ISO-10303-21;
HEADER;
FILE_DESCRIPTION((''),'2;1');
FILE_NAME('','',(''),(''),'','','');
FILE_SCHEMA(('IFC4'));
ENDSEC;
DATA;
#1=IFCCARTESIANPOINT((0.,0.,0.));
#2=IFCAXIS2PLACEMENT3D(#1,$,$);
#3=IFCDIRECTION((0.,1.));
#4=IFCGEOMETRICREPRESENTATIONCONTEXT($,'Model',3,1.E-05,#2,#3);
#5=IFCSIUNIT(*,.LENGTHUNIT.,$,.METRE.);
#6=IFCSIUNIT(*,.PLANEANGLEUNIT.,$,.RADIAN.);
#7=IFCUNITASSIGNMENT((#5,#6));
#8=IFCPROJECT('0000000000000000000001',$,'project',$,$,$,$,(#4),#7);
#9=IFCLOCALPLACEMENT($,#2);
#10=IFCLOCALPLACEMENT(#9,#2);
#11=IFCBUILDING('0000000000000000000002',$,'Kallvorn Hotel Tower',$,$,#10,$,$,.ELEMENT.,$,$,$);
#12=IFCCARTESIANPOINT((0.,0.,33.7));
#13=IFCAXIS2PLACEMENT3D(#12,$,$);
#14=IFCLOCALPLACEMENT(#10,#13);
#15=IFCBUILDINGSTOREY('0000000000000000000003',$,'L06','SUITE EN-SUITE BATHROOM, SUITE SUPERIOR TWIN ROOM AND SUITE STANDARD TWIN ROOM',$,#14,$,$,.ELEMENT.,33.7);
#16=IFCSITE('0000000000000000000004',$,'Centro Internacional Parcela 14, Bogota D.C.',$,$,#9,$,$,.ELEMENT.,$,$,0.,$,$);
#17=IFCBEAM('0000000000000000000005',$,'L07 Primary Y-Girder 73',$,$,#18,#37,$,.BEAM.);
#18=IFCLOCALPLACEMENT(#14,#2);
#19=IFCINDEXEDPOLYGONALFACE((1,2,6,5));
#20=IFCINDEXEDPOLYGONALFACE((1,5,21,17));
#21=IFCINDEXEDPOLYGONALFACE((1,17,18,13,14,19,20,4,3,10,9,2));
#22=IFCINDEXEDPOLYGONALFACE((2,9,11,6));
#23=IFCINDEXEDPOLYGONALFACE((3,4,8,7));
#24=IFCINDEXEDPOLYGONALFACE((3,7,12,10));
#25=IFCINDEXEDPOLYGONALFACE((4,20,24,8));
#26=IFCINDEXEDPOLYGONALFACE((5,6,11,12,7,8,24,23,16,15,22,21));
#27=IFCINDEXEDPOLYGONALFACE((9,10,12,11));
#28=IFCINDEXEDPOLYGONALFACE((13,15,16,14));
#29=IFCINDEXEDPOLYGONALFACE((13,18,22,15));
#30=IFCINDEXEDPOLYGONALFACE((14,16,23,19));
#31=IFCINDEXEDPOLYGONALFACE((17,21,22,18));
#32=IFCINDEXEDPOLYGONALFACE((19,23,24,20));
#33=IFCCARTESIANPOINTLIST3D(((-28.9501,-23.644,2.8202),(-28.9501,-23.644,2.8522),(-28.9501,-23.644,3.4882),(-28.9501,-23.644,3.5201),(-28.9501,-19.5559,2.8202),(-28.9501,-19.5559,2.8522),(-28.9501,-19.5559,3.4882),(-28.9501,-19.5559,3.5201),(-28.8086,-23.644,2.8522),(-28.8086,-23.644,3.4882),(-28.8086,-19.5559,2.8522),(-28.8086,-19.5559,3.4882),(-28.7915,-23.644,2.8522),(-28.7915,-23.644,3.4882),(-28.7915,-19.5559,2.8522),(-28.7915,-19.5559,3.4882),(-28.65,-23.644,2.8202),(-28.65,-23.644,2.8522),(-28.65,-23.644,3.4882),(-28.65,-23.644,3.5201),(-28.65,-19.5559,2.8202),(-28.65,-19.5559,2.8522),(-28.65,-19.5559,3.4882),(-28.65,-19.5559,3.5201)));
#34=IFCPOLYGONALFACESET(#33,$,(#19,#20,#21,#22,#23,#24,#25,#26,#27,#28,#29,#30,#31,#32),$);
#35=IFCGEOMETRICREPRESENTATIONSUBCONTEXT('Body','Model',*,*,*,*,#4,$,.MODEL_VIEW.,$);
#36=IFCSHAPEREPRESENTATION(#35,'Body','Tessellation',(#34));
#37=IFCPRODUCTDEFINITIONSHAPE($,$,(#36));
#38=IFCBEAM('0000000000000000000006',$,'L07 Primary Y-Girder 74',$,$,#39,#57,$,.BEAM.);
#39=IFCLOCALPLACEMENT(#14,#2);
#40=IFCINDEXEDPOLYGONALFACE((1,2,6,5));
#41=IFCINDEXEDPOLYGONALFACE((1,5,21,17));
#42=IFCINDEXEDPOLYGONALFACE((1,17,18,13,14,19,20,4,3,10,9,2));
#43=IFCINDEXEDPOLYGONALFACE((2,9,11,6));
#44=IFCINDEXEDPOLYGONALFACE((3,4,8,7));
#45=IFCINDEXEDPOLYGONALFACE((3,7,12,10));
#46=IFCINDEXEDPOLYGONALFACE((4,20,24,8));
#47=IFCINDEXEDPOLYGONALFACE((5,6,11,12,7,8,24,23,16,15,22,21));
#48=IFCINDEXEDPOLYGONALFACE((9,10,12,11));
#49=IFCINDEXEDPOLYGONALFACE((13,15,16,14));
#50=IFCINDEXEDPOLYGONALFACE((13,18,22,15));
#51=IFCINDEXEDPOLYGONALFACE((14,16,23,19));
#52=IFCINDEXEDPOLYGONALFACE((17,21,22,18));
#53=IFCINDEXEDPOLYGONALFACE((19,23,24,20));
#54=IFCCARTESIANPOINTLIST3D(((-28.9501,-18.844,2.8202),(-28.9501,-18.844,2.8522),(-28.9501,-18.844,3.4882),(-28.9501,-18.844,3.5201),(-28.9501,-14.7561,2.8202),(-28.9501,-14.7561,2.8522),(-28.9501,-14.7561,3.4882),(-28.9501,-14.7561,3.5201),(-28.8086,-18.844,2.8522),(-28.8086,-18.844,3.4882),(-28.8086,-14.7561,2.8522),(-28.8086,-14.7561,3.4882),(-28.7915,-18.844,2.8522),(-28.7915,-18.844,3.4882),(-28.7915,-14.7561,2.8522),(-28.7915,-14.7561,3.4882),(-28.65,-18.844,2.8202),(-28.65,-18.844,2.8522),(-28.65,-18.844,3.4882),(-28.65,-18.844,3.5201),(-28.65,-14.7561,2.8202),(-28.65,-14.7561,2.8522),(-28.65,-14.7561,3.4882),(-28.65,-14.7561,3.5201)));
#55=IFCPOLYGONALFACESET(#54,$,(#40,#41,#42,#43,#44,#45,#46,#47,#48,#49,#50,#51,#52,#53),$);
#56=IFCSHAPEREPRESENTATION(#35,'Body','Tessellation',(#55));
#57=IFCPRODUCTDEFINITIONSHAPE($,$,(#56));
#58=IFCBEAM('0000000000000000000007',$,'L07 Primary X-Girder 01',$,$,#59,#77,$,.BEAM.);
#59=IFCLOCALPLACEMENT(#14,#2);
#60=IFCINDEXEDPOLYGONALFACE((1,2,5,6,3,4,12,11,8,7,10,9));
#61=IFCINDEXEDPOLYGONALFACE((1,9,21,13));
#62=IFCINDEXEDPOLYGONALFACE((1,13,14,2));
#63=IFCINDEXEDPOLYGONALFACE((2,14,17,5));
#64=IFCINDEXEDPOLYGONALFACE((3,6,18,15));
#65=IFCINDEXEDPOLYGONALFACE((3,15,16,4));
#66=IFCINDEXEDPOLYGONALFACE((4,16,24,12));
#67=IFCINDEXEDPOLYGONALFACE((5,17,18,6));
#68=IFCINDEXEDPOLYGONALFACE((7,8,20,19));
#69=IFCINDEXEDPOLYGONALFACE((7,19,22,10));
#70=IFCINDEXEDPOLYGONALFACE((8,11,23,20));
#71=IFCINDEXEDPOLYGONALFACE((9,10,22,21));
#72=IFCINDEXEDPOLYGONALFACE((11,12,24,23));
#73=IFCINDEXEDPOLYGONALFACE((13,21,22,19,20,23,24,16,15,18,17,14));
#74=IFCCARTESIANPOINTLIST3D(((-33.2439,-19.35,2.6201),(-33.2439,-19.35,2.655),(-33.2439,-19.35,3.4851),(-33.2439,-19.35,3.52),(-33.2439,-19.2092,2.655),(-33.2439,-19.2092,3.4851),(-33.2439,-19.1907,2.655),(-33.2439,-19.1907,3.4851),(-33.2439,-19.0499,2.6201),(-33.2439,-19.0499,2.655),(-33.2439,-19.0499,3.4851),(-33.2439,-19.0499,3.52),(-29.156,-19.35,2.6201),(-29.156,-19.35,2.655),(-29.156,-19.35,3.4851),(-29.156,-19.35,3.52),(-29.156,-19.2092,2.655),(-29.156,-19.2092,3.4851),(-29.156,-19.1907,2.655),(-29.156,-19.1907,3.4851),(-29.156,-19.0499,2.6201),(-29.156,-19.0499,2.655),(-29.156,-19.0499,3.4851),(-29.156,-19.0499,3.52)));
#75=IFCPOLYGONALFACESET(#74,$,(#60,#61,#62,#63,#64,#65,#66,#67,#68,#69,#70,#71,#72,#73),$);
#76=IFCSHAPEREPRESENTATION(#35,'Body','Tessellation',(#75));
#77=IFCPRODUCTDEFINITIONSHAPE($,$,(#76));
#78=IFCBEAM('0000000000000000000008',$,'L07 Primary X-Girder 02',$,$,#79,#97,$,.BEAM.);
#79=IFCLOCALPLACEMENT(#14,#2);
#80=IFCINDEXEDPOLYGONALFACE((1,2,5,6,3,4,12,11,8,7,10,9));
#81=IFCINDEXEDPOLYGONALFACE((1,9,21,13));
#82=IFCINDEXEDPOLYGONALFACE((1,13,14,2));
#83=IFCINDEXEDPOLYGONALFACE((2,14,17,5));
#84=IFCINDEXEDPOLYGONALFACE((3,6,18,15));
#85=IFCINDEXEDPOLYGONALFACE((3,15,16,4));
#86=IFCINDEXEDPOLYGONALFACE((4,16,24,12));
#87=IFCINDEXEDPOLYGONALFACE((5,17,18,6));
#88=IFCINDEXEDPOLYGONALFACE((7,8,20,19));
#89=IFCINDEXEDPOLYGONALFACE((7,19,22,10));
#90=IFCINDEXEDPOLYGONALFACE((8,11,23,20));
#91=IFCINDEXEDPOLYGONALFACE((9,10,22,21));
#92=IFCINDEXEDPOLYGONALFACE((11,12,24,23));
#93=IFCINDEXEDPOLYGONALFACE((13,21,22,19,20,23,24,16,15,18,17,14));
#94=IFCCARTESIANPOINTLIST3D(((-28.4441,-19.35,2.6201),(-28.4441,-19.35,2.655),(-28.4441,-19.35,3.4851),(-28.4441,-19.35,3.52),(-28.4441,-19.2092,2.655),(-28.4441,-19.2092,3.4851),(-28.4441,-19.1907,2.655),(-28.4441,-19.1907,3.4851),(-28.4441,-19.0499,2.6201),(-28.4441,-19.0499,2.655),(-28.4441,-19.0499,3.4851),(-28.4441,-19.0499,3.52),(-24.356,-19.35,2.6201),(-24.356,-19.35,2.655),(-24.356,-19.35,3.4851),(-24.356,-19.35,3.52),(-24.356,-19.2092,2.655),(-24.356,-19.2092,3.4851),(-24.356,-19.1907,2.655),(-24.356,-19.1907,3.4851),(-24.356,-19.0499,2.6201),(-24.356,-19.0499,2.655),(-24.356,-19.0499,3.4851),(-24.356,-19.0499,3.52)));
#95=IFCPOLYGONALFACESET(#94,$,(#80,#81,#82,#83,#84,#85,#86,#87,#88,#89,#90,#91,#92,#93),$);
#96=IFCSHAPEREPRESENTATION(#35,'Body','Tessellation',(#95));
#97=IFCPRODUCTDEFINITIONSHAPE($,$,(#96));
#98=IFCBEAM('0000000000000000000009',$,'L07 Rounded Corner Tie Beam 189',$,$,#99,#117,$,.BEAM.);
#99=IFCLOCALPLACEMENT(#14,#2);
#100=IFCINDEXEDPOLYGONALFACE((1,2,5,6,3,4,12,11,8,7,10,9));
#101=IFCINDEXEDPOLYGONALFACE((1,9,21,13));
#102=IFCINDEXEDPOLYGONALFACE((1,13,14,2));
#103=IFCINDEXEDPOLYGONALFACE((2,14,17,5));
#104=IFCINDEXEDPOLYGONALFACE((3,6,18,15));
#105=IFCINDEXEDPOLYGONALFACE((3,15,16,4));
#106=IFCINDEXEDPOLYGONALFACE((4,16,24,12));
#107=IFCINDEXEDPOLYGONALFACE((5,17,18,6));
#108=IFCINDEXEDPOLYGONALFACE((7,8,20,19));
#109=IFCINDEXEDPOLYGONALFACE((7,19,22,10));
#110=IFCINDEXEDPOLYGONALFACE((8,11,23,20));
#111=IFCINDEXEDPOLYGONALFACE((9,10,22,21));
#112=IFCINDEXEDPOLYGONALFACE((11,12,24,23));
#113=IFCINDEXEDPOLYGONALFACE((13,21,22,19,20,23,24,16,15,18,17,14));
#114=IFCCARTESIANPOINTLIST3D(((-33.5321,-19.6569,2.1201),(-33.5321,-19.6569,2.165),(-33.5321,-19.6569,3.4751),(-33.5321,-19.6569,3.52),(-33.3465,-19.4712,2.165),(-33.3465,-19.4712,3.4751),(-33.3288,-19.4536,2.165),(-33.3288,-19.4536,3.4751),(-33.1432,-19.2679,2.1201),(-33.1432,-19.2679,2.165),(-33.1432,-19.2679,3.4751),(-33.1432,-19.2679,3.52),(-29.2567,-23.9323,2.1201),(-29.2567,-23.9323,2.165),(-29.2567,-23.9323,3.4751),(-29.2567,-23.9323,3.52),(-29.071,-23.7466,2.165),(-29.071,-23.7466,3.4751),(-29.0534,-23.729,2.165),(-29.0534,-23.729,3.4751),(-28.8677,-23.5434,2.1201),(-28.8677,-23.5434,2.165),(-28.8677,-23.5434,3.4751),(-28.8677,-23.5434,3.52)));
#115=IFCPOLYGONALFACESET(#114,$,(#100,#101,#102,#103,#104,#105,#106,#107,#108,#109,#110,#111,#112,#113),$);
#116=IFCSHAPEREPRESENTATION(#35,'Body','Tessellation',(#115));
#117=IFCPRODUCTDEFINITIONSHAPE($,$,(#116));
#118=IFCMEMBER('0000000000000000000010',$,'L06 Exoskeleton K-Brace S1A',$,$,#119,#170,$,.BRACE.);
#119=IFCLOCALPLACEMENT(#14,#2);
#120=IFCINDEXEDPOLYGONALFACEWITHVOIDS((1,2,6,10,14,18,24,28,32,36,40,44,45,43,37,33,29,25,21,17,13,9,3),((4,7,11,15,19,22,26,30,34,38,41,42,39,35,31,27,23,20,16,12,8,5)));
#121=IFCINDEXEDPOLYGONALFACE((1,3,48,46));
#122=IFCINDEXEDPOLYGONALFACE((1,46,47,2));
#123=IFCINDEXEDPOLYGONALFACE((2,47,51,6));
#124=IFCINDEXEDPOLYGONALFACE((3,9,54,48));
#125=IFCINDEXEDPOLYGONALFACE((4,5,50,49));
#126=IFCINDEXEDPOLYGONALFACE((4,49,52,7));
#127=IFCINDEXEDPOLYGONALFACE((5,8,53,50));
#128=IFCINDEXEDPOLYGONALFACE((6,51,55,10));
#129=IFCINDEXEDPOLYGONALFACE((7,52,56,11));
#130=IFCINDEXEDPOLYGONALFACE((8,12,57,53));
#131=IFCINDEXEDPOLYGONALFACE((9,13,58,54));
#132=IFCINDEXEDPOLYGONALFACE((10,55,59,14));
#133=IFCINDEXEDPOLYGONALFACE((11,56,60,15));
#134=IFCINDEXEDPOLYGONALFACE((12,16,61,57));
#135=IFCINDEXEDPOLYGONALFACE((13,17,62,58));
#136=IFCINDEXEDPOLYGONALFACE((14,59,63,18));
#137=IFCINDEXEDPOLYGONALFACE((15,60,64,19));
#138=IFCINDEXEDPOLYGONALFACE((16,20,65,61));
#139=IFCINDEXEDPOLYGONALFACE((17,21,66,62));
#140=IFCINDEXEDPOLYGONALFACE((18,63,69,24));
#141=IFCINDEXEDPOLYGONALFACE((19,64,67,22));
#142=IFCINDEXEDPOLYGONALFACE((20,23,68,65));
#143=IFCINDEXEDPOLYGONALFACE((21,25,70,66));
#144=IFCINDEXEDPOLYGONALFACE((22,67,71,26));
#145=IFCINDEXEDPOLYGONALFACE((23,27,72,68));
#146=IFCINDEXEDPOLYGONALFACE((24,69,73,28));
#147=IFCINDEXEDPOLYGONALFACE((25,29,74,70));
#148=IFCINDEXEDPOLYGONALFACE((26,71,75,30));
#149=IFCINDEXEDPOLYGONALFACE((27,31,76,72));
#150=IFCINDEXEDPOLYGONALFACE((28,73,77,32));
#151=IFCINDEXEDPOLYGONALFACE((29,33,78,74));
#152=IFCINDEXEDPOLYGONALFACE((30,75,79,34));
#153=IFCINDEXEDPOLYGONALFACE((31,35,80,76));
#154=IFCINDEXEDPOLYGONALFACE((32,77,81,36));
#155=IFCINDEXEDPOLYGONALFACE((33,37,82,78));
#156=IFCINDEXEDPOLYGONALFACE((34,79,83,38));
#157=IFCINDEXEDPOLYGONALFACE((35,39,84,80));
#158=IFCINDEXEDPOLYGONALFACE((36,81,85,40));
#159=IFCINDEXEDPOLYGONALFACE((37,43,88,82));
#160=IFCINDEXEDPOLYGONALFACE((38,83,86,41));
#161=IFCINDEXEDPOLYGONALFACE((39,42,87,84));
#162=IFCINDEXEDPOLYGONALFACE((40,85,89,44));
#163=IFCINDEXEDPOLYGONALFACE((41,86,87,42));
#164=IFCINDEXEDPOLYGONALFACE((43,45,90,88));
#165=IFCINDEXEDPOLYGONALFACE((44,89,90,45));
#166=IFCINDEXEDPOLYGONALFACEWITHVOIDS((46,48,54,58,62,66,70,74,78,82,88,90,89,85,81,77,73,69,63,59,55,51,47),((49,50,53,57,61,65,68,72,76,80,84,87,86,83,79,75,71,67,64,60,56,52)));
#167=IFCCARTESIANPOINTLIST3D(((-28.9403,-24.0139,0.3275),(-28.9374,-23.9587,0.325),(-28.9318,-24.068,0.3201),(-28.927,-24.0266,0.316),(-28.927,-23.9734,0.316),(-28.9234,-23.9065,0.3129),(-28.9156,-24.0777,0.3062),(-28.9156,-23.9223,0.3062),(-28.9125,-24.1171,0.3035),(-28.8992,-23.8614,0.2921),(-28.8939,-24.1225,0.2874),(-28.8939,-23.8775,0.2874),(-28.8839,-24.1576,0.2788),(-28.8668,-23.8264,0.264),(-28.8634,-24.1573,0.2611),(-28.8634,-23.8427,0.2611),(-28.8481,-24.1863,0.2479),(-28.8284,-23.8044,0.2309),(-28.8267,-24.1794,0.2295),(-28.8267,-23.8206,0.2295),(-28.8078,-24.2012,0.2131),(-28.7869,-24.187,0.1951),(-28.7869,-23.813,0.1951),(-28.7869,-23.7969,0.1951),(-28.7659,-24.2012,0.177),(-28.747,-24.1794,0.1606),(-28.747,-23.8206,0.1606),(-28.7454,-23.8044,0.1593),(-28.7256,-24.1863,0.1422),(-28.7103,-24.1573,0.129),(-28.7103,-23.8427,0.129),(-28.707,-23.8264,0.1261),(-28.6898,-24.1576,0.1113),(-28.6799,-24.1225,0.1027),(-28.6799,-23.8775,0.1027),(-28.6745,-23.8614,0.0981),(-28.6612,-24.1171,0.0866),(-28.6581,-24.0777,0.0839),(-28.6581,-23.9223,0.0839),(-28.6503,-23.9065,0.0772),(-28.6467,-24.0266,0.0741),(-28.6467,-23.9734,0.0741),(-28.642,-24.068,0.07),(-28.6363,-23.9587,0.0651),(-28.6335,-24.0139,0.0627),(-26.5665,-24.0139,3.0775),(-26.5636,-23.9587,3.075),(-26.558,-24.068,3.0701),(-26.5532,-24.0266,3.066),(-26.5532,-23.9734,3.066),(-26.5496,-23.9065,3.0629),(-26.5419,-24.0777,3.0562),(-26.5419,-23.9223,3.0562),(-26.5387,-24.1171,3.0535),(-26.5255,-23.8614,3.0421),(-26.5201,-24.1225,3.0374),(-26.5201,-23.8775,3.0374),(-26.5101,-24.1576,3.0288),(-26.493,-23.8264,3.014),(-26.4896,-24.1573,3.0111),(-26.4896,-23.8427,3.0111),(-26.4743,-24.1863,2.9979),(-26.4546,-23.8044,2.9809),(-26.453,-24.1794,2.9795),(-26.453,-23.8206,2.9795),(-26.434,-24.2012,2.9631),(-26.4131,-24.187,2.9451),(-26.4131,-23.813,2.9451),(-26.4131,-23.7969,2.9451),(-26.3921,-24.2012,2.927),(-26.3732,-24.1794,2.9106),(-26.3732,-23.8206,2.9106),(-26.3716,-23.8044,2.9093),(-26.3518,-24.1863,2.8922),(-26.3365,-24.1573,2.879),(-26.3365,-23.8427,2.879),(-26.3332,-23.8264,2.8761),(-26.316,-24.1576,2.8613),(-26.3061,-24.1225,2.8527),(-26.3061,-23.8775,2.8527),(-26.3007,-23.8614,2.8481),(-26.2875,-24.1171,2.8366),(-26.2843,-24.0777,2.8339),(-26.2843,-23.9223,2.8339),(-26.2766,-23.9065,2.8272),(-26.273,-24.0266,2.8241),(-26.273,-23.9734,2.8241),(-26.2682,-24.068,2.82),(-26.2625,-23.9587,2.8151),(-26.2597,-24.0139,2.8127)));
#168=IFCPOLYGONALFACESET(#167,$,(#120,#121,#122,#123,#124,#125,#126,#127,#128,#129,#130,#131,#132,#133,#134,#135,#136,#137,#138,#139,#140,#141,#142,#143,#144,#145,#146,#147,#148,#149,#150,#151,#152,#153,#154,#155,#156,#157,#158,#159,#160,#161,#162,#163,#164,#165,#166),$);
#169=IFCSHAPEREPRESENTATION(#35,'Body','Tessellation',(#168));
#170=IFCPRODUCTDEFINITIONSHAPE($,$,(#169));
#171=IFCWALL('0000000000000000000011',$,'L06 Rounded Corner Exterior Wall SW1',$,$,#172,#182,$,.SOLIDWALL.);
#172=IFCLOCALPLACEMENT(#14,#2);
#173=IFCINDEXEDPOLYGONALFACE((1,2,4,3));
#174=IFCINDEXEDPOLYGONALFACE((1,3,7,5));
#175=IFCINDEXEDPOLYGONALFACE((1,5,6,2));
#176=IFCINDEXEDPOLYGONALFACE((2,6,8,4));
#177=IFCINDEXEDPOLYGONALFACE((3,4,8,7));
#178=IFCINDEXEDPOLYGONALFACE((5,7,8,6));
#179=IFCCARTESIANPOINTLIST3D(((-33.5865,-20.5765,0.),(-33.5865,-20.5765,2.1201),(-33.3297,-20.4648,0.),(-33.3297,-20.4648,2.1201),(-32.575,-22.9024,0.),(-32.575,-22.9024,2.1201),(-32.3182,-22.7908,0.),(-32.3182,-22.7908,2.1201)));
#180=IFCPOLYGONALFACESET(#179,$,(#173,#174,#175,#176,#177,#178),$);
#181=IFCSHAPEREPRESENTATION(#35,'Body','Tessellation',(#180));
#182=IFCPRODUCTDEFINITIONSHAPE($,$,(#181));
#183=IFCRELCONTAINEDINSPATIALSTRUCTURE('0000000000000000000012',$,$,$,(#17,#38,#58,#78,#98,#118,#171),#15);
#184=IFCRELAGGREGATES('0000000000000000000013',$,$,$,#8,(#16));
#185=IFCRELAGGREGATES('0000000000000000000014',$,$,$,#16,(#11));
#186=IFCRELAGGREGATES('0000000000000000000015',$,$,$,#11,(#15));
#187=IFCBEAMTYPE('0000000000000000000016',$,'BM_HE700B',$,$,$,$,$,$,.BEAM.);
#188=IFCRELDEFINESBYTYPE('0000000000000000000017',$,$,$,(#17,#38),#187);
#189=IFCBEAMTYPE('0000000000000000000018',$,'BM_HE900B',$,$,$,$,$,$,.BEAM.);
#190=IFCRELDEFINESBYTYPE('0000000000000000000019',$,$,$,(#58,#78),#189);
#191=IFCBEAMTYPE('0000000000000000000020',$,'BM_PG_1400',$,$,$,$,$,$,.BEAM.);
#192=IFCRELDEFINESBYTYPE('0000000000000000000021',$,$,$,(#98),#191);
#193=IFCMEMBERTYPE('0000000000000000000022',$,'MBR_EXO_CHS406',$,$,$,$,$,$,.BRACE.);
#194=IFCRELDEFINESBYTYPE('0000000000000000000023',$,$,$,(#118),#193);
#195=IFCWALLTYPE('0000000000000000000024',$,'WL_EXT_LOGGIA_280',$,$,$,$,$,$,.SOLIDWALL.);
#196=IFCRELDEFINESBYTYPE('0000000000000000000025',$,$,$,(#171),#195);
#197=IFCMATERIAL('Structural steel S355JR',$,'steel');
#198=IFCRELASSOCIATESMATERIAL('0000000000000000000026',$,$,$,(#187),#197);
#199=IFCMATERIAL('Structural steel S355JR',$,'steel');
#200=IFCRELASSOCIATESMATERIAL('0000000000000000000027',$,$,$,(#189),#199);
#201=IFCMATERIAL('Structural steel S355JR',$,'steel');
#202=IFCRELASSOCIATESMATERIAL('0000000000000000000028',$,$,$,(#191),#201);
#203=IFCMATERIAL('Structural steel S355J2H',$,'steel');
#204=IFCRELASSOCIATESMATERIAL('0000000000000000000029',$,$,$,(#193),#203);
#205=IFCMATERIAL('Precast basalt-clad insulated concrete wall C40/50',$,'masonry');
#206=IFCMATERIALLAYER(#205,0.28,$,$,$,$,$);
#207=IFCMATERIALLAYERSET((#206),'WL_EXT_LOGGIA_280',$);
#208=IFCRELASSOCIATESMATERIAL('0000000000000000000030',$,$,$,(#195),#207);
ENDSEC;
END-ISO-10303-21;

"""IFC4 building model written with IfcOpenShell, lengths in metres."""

from ifc_helpers import new_model, si_unit, direction, frame, frame_2d, origin, origin_2d, place, context, subcontext, project, spatial, rectangle, hollow_circle, i_section, extrude, material, layer, layer_set, material_profile, profile_set, type_object, element, save


model = new_model("IFC4")

# Units and contexts
model_context = context("Model", 3, precision=1e-05, world=origin(), true_north=direction((0.0, 1.0)))
body_context = subcontext(model_context, "Body", "Model", "MODEL_VIEW")
ifc_project = project(units=[si_unit("LENGTHUNIT", "METRE"), si_unit("PLANEANGLEUNIT", "RADIAN")], contexts=[model_context])

# Site, building, storey
site_placement = place(None, origin())
site = spatial("IfcSite", under=ifc_project, at=site_placement, Name="Centro Internacional Parcela 14, Bogota D.C.", CompositionType="ELEMENT", RefElevation=0.0)
building_placement = place(site_placement, origin())
building = spatial("IfcBuilding", under=site, at=building_placement, Name="Kallvorn Hotel Tower", CompositionType="ELEMENT")
storey_placement = place(building_placement, frame((0.0, 0.0, 33.7)))
storey = spatial("IfcBuildingStorey", under=building, at=storey_placement, Name="L06", Description="SUITE EN-SUITE BATHROOM, SUITE SUPERIOR TWIN ROOM AND SUITE STANDARD TWIN ROOM", CompositionType="ELEMENT", Elevation=33.7)

# Beams
ifc_material_1 = material(Name="Structural steel S355JR", Category="steel")
ifc_material_profile_1 = material_profile(ifc_material_1, i_section(OverallWidth=0.3, OverallDepth=0.7, WebThickness=0.0171, FlangeThickness=0.032, at=origin_2d()), Name="HE 700 B")
ifc_profile_set_1 = profile_set([ifc_material_profile_1], Name="Structural steel S355JR")
beam_type_1 = type_object("IfcBeamType", Name="BM_HE700B", PredefinedType="BEAM", material=ifc_profile_set_1)
beam_1_placement = place(storey_placement, frame((-28.8, -23.644, 3.1702), z_axis=(0.0, 1.0, 0.0), x_axis=(-1.0, 0.0, 0.0)))
element("IfcBeam", 1, at=beam_1_placement, inside=storey, type_object=beam_type_1, Name="L07 Primary Y-Girder 73", PredefinedType="BEAM", context=body_context, shape_type="SweptSolid", body=[
    extrude(i_section(OverallWidth=0.3, OverallDepth=0.7, WebThickness=0.0171, FlangeThickness=0.032, at=origin_2d()), origin(), (0.0, 0.0, 1.0), 4.0881),
])
beam_2_placement = place(storey_placement, frame((-28.8, -18.844, 3.1702), z_axis=(0.0, 1.0, 0.0), x_axis=(-1.0, 0.0, 0.0)))
element("IfcBeam", 2, at=beam_2_placement, inside=storey, type_object=beam_type_1, Name="L07 Primary Y-Girder 74", PredefinedType="BEAM", context=body_context, shape_type="SweptSolid", body=[
    extrude(i_section(OverallWidth=0.3, OverallDepth=0.7, WebThickness=0.0171, FlangeThickness=0.032, at=origin_2d()), origin(), (0.0, 0.0, 1.0), 4.0879),
])
ifc_material_2 = material(Name="Structural steel S355JR", Category="steel")
ifc_material_profile_2 = material_profile(ifc_material_2, i_section(OverallWidth=0.3, OverallDepth=0.8999, WebThickness=0.0186, FlangeThickness=0.0349, at=origin_2d()), Name="HE 900 B")
ifc_profile_set_2 = profile_set([ifc_material_profile_2], Name="Structural steel S355JR")
beam_type_2 = type_object("IfcBeamType", Name="BM_HE900B", PredefinedType="BEAM", material=ifc_profile_set_2)
beam_3_placement = place(storey_placement, frame((-33.2439, -19.2, 3.0701), z_axis=(1.0, 0.0, 0.0), x_axis=(0.0, 1.0, 0.0)))
element("IfcBeam", 3, at=beam_3_placement, inside=storey, type_object=beam_type_2, Name="L07 Primary X-Girder 01", PredefinedType="BEAM", context=body_context, shape_type="SweptSolid", body=[
    extrude(i_section(OverallWidth=0.3, OverallDepth=0.8999, WebThickness=0.0186, FlangeThickness=0.0349, at=origin_2d()), origin(), (0.0, 0.0, 1.0), 4.0879),
])
beam_4_placement = place(storey_placement, frame((-28.4441, -19.2, 3.0701), z_axis=(1.0, 0.0, 0.0), x_axis=(0.0, 1.0, 0.0)))
element("IfcBeam", 4, at=beam_4_placement, inside=storey, type_object=beam_type_2, Name="L07 Primary X-Girder 02", PredefinedType="BEAM", context=body_context, shape_type="SweptSolid", body=[
    extrude(i_section(OverallWidth=0.3, OverallDepth=0.8999, WebThickness=0.0186, FlangeThickness=0.0349, at=origin_2d()), origin(), (0.0, 0.0, 1.0), 4.0881),
])
ifc_material_3 = material(Name="Structural steel S355JR", Category="steel")
ifc_material_profile_3 = material_profile(ifc_material_3, i_section(OverallWidth=0.55, OverallDepth=1.3999, WebThickness=0.0249, FlangeThickness=0.0449, at=origin_2d()), Name="PG 1400x550x25x45")
ifc_profile_set_3 = profile_set([ifc_material_profile_3], Name="Structural steel S355JR")
beam_type_3 = type_object("IfcBeamType", Name="BM_PG_1400", PredefinedType="BEAM", material=ifc_profile_set_3)
beam_5_placement = place(storey_placement, frame((-33.3376, -19.4624, 2.8201), z_axis=(0.707107, -0.707107, 0.0), x_axis=(0.707107, 0.707107, 0.0)))
element("IfcBeam", 5, at=beam_5_placement, inside=storey, type_object=beam_type_3, Name="L07 Rounded Corner Tie Beam 189", PredefinedType="BEAM", context=body_context, shape_type="SweptSolid", body=[
    extrude(i_section(OverallWidth=0.55, OverallDepth=1.3999, WebThickness=0.0249, FlangeThickness=0.0449, at=origin_2d()), origin(), (0.0, 0.0, 1.0), 6.0464),
])

# Member
ifc_material_4 = material(Name="Structural steel S355J2H", Category="steel")
ifc_material_profile_4 = material_profile(ifc_material_4, hollow_circle(Radius=0.2031, WallThickness=0.0161, at=origin_2d()), Name="CHS 406.4x16")
ifc_profile_set_4 = profile_set([ifc_material_profile_4], Name="Structural steel S355J2H")
member_type = type_object("IfcMemberType", Name="MBR_EXO_CHS406", PredefinedType="BRACE", material=ifc_profile_set_4)
member_placement = place(storey_placement, frame((-28.7869, -24.0, 0.1951), z_axis=(0.653427, 0.0, 0.756989), x_axis=(0.0, 1.0, 0.0)))
element("IfcMember", 6, at=member_placement, inside=storey, type_object=member_type, Name="L06 Exoskeleton K-Brace S1A", PredefinedType="BRACE", context=body_context, shape_type="SweptSolid", body=[
    extrude(hollow_circle(Radius=0.2031, WallThickness=0.0161, at=origin_2d()), origin(), (0.0, 0.0, 1.0), 3.6328),
])

# Wall
ifc_material_5 = material(Name="Precast basalt-clad insulated concrete wall C40/50", Category="masonry")
ifc_layer = layer(ifc_material_5, 0.28)
ifc_layer_set = layer_set([ifc_layer], Name="WL_EXT_LOGGIA_280")
wall_type = type_object("IfcWallType", Name="WL_EXT_LOGGIA_280", PredefinedType="SOLIDWALL", material=ifc_layer_set)
wall_1_placement = place(storey_placement, frame((-33.458, -20.5208, 0.0), z_axis=(0.0, 0.0, 1.0), x_axis=(0.398793, -0.917041, 0.0)))
element("IfcWall", 7, at=wall_1_placement, inside=storey, type_object=wall_type, Name="L06 Rounded Corner Exterior Wall SW1", PredefinedType="SOLIDWALL", context=body_context, shape_type="SweptSolid", body=[
    extrude(rectangle(XDim=2.5364, YDim=0.28, at=frame_2d((1.2681, 0.0))), origin(), (0.0, 0.0, 1.0), 2.1201),
])

save(model, "model.ifc")
